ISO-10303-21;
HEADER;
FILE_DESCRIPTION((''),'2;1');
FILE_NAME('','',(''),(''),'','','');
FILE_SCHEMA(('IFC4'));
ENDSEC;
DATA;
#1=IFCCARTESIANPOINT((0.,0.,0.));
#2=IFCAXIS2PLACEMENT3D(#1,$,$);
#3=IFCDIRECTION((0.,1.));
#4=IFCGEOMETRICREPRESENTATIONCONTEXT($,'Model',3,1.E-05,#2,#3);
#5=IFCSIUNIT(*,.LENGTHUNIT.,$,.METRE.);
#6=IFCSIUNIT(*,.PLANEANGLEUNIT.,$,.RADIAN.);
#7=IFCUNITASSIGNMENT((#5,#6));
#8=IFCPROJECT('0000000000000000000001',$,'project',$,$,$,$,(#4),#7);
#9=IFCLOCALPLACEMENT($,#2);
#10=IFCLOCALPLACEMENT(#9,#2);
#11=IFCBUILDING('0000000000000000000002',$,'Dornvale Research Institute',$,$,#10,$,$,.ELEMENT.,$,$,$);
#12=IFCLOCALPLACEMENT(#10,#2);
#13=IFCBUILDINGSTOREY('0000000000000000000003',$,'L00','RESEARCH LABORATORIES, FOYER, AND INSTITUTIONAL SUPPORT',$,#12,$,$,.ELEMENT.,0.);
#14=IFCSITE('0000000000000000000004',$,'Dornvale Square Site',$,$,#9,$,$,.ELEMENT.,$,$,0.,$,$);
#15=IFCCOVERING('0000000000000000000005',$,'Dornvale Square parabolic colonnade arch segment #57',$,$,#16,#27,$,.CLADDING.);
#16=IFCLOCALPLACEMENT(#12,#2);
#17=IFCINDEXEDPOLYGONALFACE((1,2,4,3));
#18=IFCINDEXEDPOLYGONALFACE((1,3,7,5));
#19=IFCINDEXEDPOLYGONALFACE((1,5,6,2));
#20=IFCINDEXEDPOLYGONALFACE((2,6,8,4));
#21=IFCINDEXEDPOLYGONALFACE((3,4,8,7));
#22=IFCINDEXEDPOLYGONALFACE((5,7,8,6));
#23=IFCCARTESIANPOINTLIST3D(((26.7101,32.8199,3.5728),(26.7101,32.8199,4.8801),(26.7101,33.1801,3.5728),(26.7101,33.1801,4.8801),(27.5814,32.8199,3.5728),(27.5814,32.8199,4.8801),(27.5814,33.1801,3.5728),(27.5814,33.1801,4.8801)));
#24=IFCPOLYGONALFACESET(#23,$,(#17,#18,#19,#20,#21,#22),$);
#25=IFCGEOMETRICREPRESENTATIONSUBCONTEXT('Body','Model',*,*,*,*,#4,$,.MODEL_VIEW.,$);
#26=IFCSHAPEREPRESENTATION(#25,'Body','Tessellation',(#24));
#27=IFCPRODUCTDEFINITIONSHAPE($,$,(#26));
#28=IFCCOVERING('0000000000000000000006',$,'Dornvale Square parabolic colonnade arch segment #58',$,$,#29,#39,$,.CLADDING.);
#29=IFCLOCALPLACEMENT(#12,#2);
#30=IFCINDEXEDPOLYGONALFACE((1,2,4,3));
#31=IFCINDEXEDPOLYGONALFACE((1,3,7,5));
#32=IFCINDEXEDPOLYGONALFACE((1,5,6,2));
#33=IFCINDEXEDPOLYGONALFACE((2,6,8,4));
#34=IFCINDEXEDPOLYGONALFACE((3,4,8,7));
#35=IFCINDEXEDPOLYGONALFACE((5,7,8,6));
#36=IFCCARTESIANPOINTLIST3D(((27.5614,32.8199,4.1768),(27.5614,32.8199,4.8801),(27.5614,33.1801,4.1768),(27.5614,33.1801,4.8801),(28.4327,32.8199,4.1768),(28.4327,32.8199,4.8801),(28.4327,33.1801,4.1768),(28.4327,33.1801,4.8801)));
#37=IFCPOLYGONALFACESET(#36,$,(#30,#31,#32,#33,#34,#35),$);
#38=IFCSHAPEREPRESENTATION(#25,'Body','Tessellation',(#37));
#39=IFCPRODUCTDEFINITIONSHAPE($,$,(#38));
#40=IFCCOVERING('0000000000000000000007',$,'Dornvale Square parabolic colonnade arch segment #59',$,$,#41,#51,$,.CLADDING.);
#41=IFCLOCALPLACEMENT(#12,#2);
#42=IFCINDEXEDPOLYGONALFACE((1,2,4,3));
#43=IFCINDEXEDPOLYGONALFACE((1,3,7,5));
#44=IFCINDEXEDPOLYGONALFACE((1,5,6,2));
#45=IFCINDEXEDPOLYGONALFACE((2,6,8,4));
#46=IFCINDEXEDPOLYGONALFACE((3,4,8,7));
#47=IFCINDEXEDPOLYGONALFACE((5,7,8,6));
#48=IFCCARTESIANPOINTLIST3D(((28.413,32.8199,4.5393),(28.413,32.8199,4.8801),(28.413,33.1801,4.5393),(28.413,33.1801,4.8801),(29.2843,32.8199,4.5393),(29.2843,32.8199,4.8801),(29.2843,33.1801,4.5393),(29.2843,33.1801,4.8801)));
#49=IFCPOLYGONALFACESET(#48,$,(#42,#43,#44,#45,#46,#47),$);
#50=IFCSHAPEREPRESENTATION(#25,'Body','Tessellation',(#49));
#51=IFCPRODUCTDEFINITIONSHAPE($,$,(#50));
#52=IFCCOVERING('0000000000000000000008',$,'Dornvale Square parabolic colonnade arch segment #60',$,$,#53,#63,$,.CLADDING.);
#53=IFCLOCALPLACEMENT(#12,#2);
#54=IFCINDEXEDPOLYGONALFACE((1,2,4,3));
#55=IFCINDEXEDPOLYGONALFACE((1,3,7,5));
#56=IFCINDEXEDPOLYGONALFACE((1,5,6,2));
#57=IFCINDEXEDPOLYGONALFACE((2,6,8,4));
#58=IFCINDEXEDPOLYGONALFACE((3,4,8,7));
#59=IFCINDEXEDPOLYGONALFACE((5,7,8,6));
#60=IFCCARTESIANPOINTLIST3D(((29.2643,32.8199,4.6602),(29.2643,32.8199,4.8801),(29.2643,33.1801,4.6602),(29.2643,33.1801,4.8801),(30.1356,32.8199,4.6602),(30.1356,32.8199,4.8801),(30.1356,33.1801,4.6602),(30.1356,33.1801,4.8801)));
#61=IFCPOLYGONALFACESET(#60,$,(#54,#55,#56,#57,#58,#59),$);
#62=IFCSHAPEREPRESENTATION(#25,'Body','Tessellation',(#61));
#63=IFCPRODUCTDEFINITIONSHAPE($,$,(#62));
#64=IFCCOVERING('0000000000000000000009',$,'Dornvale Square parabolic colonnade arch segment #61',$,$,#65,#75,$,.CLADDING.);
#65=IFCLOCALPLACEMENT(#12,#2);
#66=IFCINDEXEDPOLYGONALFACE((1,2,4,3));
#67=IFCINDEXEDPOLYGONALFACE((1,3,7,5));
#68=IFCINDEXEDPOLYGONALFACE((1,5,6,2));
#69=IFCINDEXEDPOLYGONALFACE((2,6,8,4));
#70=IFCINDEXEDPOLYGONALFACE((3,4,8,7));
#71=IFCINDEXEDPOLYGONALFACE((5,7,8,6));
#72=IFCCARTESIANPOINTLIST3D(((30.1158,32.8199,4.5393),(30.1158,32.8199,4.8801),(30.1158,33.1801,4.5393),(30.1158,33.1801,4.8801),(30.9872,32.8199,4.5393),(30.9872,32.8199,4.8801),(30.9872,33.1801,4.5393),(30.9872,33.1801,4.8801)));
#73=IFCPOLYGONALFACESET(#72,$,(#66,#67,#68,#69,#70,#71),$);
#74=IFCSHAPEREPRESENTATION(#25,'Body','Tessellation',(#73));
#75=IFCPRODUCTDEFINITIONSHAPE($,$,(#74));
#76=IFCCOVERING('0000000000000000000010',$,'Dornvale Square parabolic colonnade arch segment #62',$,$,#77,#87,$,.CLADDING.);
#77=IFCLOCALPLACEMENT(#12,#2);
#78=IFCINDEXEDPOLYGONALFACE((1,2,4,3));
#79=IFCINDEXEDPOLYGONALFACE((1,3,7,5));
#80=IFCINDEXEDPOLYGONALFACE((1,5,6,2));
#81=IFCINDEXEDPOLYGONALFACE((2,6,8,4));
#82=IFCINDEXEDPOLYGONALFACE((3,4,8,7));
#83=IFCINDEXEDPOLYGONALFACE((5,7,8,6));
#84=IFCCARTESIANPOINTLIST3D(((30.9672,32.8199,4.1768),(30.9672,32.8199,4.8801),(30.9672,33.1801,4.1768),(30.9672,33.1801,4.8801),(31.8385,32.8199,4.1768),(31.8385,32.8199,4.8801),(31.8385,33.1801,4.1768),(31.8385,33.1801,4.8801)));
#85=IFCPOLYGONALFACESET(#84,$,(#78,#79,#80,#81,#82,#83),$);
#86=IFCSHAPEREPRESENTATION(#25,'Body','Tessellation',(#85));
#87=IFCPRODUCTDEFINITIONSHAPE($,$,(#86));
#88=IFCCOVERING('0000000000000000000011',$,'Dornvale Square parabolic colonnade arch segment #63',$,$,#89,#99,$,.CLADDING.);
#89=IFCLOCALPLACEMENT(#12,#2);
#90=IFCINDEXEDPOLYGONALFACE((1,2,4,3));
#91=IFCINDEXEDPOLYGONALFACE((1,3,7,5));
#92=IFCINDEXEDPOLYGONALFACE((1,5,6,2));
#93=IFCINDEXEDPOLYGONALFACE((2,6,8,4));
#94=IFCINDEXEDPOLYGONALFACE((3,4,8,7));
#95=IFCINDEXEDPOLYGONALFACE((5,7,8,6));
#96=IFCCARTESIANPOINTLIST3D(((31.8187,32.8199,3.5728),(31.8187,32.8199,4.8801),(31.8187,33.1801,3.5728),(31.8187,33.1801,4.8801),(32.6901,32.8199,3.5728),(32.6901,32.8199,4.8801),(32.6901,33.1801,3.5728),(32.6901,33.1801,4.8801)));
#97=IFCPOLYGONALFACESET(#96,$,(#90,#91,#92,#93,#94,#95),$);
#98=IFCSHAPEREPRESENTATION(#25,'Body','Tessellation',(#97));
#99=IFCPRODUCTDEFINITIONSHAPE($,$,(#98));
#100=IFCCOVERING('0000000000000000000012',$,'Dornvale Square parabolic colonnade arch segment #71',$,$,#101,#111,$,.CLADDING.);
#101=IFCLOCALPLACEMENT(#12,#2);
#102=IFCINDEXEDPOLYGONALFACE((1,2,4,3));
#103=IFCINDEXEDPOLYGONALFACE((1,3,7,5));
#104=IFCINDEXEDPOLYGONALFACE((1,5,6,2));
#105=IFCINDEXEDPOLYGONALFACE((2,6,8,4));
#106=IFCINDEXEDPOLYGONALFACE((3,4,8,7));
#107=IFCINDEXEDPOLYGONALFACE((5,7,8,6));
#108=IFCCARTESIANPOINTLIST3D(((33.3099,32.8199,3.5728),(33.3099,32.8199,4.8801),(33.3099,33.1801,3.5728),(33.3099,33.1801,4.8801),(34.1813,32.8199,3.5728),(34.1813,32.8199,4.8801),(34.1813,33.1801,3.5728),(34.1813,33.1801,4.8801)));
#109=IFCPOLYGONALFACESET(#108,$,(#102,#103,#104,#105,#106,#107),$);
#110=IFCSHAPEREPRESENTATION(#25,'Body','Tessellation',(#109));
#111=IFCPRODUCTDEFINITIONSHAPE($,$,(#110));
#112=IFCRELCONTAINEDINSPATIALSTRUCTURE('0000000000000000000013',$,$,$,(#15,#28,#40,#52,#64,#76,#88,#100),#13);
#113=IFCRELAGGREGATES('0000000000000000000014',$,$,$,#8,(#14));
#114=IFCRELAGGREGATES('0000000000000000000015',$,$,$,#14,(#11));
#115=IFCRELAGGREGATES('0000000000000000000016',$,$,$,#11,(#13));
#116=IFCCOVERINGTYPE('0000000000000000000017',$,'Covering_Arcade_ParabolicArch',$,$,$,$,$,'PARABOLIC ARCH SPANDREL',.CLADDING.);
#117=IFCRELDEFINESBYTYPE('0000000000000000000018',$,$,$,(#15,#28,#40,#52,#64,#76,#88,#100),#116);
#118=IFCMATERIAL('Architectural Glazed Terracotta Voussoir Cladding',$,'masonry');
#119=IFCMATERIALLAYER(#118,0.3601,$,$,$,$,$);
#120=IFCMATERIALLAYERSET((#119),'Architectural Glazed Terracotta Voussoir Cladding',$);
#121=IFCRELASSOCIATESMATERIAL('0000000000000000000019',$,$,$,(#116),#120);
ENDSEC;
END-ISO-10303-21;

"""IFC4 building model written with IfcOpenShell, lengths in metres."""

from ifc_helpers import new_model, si_unit, direction, frame, origin, origin_2d, place, context, subcontext, project, spatial, rectangle, extrude, material, layer, layer_set, type_object, element, save


model = new_model("IFC4")

# Units and contexts
model_context = context("Model", 3, precision=1e-05, world=origin(), true_north=direction((0.0, 1.0)))
body_context = subcontext(model_context, "Body", "Model", "MODEL_VIEW")
ifc_project = project(units=[si_unit("LENGTHUNIT", "METRE"), si_unit("PLANEANGLEUNIT", "RADIAN")], contexts=[model_context])

# Site, building, storey
site_placement = place(None, origin())
site = spatial("IfcSite", under=ifc_project, at=site_placement, Name="Dornvale Square Site", CompositionType="ELEMENT", RefElevation=0.0)
building_placement = place(site_placement, origin())
building = spatial("IfcBuilding", under=site, at=building_placement, Name="Dornvale Research Institute", CompositionType="ELEMENT")
storey_placement = place(building_placement, origin())
storey = spatial("IfcBuildingStorey", under=building, at=storey_placement, Name="L00", Description="RESEARCH LABORATORIES, FOYER, AND INSTITUTIONAL SUPPORT", CompositionType="ELEMENT", Elevation=0.0)

# Coverings
ifc_material_1 = material(Name="Architectural Glazed Terracotta Voussoir Cladding", Category="masonry")
ifc_layer_1 = layer(ifc_material_1, 0.3601)
ifc_layer_set_1 = layer_set([ifc_layer_1], Name="Architectural Glazed Terracotta Voussoir Cladding")
covering_type = type_object("IfcCoveringType", Name="Covering_Arcade_ParabolicArch", ElementType="PARABOLIC ARCH SPANDREL", PredefinedType="CLADDING", material=ifc_layer_set_1)
covering_1_placement = place(storey_placement, frame((27.1458, 33.0, 3.5728), z_axis=(0.0, 0.0, 1.0), x_axis=(1.0, 0.0, 0.0)))
element("IfcCovering", 1, at=covering_1_placement, inside=storey, type_object=covering_type, Name="Dornvale Square parabolic colonnade arch segment #57", PredefinedType="CLADDING", context=body_context, shape_type="SweptSolid", body=[
    extrude(rectangle(XDim=0.8713, YDim=0.3601, at=origin_2d()), origin(), (0.0, 0.0, 1.0), 1.3074),
])
covering_2_placement = place(storey_placement, frame((27.9971, 33.0, 4.1768), z_axis=(0.0, 0.0, 1.0), x_axis=(1.0, 0.0, 0.0)))
element("IfcCovering", 2, at=covering_2_placement, inside=storey, type_object=covering_type, Name="Dornvale Square parabolic colonnade arch segment #58", PredefinedType="CLADDING", context=body_context, shape_type="SweptSolid", body=[
    extrude(rectangle(XDim=0.8713, YDim=0.3601, at=origin_2d()), origin(), (0.0, 0.0, 1.0), 0.7034),
])
covering_3_placement = place(storey_placement, frame((28.8486, 33.0, 4.5393), z_axis=(0.0, 0.0, 1.0), x_axis=(1.0, 0.0, 0.0)))
element("IfcCovering", 3, at=covering_3_placement, inside=storey, type_object=covering_type, Name="Dornvale Square parabolic colonnade arch segment #59", PredefinedType="CLADDING", context=body_context, shape_type="SweptSolid", body=[
    extrude(rectangle(XDim=0.8713, YDim=0.3601, at=origin_2d()), origin(), (0.0, 0.0, 1.0), 0.3408),
])
covering_4_placement = place(storey_placement, frame((29.7, 33.0, 4.6602), z_axis=(0.0, 0.0, 1.0), x_axis=(1.0, 0.0, 0.0)))
element("IfcCovering", 4, at=covering_4_placement, inside=storey, type_object=covering_type, Name="Dornvale Square parabolic colonnade arch segment #60", PredefinedType="CLADDING", context=body_context, shape_type="SweptSolid", body=[
    extrude(rectangle(XDim=0.8713, YDim=0.3601, at=origin_2d()), origin(), (0.0, 0.0, 1.0), 0.22),
])
covering_5_placement = place(storey_placement, frame((30.5515, 33.0, 4.5393), z_axis=(0.0, 0.0, 1.0), x_axis=(1.0, 0.0, 0.0)))
element("IfcCovering", 5, at=covering_5_placement, inside=storey, type_object=covering_type, Name="Dornvale Square parabolic colonnade arch segment #61", PredefinedType="CLADDING", context=body_context, shape_type="SweptSolid", body=[
    extrude(rectangle(XDim=0.8713, YDim=0.3601, at=origin_2d()), origin(), (0.0, 0.0, 1.0), 0.3408),
])
covering_6_placement = place(storey_placement, frame((31.4028, 33.0, 4.1768), z_axis=(0.0, 0.0, 1.0), x_axis=(1.0, 0.0, 0.0)))
element("IfcCovering", 6, at=covering_6_placement, inside=storey, type_object=covering_type, Name="Dornvale Square parabolic colonnade arch segment #62", PredefinedType="CLADDING", context=body_context, shape_type="SweptSolid", body=[
    extrude(rectangle(XDim=0.8713, YDim=0.3601, at=origin_2d()), origin(), (0.0, 0.0, 1.0), 0.7034),
])
for number, where, z_axis, x_axis, name in (
    (7, (32.2544, 33.0, 3.5728), (0.0, 0.0, 1.0), (1.0, 0.0, 0.0), "Dornvale Square parabolic colonnade arch segment #63"),
    (8, (33.7456, 33.0, 3.5728), (0.0, 0.0, 1.0), (1.0, 0.0, 0.0), "Dornvale Square parabolic colonnade arch segment #71"),
):
    element("IfcCovering", number, at=place(storey_placement, frame(where, z_axis=z_axis, x_axis=x_axis)), inside=storey, type_object=covering_type, Name=name, PredefinedType="CLADDING", context=body_context, shape_type="SweptSolid", body=[
        extrude(rectangle(XDim=0.8713, YDim=0.3601, at=origin_2d()), origin(), (0.0, 0.0, 1.0), 1.3074),
    ])

save(model, "model.ifc")
